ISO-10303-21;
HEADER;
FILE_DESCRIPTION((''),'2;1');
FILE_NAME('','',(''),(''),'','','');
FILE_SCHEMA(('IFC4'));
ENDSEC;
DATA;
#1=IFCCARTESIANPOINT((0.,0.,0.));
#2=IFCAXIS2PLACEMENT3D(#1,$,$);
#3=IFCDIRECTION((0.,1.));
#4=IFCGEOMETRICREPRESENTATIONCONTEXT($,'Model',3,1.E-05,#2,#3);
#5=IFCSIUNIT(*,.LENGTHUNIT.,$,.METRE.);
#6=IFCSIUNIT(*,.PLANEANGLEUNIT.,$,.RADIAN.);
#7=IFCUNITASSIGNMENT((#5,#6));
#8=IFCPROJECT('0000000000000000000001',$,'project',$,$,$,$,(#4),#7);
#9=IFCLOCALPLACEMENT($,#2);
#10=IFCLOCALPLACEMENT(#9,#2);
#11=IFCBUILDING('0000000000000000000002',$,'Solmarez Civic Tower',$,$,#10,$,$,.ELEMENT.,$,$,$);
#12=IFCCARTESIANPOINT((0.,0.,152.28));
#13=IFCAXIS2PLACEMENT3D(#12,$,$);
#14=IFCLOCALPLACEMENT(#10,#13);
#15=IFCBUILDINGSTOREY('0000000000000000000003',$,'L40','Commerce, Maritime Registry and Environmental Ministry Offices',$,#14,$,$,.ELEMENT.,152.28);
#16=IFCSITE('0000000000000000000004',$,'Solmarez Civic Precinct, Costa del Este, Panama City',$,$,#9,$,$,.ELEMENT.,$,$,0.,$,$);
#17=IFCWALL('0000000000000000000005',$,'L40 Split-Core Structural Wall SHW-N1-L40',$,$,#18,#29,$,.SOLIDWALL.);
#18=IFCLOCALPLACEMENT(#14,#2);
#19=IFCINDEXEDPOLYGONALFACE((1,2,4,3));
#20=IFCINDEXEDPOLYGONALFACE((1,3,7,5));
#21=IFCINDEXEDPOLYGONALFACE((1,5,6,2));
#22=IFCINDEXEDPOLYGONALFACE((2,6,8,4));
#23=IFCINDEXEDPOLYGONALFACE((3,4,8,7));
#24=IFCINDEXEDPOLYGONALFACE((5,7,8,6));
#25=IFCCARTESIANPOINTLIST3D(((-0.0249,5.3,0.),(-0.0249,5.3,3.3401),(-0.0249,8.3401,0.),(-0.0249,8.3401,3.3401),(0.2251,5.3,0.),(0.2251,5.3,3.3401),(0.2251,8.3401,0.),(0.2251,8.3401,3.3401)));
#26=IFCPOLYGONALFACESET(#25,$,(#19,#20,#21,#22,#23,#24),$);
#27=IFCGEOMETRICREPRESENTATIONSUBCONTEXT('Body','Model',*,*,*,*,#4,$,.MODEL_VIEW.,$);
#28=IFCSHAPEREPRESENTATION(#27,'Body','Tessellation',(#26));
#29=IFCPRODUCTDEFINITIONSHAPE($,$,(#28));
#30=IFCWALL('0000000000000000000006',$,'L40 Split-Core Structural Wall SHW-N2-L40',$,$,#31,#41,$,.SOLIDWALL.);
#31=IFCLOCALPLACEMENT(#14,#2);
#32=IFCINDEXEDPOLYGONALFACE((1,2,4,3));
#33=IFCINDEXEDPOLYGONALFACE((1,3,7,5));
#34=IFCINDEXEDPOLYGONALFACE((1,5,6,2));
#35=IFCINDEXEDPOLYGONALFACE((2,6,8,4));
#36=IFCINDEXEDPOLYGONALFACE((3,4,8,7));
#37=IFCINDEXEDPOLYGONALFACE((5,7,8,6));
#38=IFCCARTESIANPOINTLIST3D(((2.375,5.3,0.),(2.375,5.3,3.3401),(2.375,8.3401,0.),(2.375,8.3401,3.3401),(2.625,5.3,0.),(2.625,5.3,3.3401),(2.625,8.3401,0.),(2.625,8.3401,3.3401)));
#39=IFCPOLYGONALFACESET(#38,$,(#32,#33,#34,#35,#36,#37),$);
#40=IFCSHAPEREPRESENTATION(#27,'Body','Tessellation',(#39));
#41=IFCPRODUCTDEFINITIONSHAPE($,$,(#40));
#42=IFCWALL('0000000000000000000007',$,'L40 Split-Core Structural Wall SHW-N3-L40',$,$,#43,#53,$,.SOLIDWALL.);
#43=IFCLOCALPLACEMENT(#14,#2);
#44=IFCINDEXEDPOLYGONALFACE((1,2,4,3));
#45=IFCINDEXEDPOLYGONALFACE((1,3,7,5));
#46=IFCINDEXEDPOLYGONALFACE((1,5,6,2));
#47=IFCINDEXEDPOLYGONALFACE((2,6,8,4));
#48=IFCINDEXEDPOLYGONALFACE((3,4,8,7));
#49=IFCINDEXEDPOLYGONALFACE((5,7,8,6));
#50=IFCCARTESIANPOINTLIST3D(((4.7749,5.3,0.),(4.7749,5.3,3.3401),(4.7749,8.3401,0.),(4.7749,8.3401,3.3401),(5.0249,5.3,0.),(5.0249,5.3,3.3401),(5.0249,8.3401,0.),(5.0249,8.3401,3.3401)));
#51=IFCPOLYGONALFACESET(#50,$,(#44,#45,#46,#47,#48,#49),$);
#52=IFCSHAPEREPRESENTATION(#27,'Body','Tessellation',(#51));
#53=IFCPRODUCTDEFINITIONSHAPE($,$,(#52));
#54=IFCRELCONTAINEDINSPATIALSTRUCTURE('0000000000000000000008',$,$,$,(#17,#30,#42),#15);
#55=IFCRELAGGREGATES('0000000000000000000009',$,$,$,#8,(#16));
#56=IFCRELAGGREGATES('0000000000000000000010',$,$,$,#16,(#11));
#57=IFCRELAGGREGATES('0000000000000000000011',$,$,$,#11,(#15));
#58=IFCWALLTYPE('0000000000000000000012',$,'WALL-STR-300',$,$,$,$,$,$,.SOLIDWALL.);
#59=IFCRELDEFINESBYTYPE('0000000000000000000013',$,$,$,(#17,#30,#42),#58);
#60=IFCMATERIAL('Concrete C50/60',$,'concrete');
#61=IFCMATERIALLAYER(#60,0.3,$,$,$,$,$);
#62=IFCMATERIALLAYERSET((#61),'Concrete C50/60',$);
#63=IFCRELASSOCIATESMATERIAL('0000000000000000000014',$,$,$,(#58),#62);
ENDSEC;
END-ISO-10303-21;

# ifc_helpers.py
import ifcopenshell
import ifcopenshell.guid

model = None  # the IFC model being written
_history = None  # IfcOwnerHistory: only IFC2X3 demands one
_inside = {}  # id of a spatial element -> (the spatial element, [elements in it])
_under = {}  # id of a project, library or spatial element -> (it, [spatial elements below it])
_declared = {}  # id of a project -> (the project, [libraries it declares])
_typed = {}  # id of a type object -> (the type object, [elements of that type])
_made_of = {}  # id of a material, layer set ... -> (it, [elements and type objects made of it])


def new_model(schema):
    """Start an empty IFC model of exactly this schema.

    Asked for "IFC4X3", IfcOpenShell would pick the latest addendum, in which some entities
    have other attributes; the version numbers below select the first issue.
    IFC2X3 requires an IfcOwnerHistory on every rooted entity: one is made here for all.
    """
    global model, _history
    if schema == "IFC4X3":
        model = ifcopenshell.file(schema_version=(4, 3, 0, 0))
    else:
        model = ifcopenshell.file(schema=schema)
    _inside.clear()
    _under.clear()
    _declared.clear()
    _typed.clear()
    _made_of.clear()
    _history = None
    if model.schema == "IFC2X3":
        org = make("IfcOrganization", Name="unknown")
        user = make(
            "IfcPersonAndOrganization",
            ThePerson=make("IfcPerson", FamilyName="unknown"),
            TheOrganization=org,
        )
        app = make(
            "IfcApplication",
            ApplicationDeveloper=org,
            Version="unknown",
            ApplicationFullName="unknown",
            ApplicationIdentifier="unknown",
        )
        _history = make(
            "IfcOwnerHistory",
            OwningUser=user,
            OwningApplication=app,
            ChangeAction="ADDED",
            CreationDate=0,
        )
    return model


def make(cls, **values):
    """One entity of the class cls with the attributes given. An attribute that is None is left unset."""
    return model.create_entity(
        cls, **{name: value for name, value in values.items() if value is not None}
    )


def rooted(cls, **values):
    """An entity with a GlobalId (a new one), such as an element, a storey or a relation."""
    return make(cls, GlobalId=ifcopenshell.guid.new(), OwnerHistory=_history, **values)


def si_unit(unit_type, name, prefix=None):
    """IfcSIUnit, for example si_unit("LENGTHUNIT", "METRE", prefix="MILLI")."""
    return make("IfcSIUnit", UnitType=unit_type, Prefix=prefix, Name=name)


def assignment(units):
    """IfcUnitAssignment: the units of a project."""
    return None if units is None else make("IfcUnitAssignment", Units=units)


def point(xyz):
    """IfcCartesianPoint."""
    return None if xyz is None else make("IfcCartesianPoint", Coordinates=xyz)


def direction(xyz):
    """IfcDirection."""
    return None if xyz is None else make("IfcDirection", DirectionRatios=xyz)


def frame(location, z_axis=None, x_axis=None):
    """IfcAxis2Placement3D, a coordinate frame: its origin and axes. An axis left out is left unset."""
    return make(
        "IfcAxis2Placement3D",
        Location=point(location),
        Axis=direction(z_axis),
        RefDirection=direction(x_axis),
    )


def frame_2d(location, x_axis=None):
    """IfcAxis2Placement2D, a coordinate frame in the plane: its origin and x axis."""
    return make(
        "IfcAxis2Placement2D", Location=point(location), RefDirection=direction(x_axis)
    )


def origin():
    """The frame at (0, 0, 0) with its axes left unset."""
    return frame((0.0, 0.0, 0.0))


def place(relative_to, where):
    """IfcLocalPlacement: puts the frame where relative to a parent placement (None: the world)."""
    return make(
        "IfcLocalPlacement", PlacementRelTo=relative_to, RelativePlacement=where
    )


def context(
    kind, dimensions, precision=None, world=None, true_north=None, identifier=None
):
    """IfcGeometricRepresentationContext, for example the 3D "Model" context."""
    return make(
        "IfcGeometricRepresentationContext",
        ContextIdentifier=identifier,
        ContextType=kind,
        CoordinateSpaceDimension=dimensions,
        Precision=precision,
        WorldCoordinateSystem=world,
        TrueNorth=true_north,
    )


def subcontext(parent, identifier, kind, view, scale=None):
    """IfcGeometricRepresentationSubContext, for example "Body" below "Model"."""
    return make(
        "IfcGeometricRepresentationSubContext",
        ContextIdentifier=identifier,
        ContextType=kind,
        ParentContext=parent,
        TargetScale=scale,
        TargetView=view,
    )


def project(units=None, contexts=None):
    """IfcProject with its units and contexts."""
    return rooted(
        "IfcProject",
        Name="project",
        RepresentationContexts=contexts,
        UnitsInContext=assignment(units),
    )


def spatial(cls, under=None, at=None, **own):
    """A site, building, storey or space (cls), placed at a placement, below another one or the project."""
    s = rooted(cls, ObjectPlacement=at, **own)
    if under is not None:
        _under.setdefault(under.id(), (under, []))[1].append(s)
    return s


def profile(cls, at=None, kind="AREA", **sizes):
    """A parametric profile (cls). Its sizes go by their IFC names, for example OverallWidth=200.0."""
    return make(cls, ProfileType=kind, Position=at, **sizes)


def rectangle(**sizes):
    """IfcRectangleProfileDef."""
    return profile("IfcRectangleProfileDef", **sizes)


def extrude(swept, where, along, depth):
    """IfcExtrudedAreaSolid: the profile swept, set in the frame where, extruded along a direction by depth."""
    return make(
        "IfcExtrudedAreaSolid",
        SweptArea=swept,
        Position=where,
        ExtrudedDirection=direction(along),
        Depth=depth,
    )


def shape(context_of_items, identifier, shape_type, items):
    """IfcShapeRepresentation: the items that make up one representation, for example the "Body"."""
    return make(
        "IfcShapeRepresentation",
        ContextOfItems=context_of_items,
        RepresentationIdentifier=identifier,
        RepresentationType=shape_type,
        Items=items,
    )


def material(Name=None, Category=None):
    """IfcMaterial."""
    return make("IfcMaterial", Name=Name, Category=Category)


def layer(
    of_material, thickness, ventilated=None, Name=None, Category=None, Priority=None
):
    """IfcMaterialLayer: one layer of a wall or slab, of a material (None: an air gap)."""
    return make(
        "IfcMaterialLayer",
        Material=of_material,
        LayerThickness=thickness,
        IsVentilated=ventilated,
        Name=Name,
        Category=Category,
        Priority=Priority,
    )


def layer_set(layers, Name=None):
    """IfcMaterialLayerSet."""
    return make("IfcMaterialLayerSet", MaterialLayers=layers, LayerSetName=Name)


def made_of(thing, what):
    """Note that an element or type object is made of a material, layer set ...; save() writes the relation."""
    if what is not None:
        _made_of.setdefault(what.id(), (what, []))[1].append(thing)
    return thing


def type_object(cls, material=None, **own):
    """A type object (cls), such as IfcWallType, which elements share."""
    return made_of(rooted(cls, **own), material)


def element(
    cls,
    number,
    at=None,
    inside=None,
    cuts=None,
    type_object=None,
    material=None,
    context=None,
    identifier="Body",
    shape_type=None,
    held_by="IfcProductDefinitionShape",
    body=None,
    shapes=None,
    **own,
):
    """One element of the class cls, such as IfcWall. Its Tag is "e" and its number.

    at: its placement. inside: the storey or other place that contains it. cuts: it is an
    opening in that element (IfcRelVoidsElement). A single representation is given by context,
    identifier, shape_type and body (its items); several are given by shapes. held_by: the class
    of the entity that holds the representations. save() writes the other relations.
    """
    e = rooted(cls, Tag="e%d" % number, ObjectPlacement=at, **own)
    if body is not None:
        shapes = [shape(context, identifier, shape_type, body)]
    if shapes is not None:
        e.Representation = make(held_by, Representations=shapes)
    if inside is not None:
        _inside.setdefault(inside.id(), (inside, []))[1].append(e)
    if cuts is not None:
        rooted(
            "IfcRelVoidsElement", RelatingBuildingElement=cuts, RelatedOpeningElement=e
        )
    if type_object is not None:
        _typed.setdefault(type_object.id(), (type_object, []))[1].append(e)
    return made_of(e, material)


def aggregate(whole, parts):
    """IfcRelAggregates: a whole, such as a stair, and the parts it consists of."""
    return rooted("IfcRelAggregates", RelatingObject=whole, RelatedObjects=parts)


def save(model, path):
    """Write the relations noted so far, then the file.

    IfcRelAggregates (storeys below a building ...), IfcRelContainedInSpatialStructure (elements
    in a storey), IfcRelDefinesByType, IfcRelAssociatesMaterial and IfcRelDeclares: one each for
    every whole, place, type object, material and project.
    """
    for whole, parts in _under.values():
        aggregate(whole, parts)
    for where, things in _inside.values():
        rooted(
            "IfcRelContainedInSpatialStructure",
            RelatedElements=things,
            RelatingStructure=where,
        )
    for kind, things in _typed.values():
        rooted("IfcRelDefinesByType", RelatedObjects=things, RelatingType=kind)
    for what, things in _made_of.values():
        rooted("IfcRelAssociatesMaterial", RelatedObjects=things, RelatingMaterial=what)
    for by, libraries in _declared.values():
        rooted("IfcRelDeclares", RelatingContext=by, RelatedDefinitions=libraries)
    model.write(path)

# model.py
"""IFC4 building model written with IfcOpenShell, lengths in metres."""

from ifc_helpers import new_model, si_unit, direction, frame, frame_2d, origin, place, context, subcontext, project, spatial, rectangle, extrude, material, layer, layer_set, type_object, element, save


model = new_model("IFC4")

# Units and contexts
model_context = context("Model", 3, precision=1e-05, world=origin(), true_north=direction((0.0, 1.0)))
body_context = subcontext(model_context, "Body", "Model", "MODEL_VIEW")
ifc_project = project(units=[si_unit("LENGTHUNIT", "METRE"), si_unit("PLANEANGLEUNIT", "RADIAN")], contexts=[model_context])

# Site, building, storey
site_placement = place(None, origin())
site = spatial("IfcSite", under=ifc_project, at=site_placement, Name="Solmarez Civic Precinct, Costa del Este, Panama City", CompositionType="ELEMENT", RefElevation=0.0)
building_placement = place(site_placement, origin())
building = spatial("IfcBuilding", under=site, at=building_placement, Name="Solmarez Civic Tower", CompositionType="ELEMENT")
storey_placement = place(building_placement, frame((0.0, 0.0, 152.28)))
storey = spatial("IfcBuildingStorey", under=building, at=storey_placement, Name="L40", Description="Commerce, Maritime Registry and Environmental Ministry Offices", CompositionType="ELEMENT", Elevation=152.28)

# Shared definitions
ifc_material_1 = material(Name="Concrete C50/60", Category="concrete")

# Shared definitions
ifc_layer_1 = layer(ifc_material_1, 0.3)
ifc_layer_set_1 = layer_set([ifc_layer_1], Name="Concrete C50/60")
wall_type_1 = type_object("IfcWallType", Name="WALL-STR-300", PredefinedType="SOLIDWALL", material=ifc_layer_set_1)

# Walls
for number, where, z_axis, x_axis, name in (
    (1, (0.1001, 5.3, 0.0), (0.0, 0.0, 1.0), (0.0, 1.0, 0.0), "L40 Split-Core Structural Wall SHW-N1-L40"),
    (2, (2.5, 5.3, 0.0), (0.0, 0.0, 1.0), (0.0, 1.0, 0.0), "L40 Split-Core Structural Wall SHW-N2-L40"),
    (3, (4.8999, 5.3, 0.0), (0.0, 0.0, 1.0), (0.0, 1.0, 0.0), "L40 Split-Core Structural Wall SHW-N3-L40"),
):
    element("IfcWall", number, at=place(storey_placement, frame(where, z_axis=z_axis, x_axis=x_axis)), inside=storey, type_object=wall_type_1, Name=name, PredefinedType="SOLIDWALL", context=body_context, shape_type="SweptSolid", body=[
        extrude(rectangle(XDim=3.04, YDim=0.25, at=frame_2d((1.52, 0.0))), origin(), (0.0, 0.0, 1.0), 3.3401),
    ])

save(model, "model.ifc")
